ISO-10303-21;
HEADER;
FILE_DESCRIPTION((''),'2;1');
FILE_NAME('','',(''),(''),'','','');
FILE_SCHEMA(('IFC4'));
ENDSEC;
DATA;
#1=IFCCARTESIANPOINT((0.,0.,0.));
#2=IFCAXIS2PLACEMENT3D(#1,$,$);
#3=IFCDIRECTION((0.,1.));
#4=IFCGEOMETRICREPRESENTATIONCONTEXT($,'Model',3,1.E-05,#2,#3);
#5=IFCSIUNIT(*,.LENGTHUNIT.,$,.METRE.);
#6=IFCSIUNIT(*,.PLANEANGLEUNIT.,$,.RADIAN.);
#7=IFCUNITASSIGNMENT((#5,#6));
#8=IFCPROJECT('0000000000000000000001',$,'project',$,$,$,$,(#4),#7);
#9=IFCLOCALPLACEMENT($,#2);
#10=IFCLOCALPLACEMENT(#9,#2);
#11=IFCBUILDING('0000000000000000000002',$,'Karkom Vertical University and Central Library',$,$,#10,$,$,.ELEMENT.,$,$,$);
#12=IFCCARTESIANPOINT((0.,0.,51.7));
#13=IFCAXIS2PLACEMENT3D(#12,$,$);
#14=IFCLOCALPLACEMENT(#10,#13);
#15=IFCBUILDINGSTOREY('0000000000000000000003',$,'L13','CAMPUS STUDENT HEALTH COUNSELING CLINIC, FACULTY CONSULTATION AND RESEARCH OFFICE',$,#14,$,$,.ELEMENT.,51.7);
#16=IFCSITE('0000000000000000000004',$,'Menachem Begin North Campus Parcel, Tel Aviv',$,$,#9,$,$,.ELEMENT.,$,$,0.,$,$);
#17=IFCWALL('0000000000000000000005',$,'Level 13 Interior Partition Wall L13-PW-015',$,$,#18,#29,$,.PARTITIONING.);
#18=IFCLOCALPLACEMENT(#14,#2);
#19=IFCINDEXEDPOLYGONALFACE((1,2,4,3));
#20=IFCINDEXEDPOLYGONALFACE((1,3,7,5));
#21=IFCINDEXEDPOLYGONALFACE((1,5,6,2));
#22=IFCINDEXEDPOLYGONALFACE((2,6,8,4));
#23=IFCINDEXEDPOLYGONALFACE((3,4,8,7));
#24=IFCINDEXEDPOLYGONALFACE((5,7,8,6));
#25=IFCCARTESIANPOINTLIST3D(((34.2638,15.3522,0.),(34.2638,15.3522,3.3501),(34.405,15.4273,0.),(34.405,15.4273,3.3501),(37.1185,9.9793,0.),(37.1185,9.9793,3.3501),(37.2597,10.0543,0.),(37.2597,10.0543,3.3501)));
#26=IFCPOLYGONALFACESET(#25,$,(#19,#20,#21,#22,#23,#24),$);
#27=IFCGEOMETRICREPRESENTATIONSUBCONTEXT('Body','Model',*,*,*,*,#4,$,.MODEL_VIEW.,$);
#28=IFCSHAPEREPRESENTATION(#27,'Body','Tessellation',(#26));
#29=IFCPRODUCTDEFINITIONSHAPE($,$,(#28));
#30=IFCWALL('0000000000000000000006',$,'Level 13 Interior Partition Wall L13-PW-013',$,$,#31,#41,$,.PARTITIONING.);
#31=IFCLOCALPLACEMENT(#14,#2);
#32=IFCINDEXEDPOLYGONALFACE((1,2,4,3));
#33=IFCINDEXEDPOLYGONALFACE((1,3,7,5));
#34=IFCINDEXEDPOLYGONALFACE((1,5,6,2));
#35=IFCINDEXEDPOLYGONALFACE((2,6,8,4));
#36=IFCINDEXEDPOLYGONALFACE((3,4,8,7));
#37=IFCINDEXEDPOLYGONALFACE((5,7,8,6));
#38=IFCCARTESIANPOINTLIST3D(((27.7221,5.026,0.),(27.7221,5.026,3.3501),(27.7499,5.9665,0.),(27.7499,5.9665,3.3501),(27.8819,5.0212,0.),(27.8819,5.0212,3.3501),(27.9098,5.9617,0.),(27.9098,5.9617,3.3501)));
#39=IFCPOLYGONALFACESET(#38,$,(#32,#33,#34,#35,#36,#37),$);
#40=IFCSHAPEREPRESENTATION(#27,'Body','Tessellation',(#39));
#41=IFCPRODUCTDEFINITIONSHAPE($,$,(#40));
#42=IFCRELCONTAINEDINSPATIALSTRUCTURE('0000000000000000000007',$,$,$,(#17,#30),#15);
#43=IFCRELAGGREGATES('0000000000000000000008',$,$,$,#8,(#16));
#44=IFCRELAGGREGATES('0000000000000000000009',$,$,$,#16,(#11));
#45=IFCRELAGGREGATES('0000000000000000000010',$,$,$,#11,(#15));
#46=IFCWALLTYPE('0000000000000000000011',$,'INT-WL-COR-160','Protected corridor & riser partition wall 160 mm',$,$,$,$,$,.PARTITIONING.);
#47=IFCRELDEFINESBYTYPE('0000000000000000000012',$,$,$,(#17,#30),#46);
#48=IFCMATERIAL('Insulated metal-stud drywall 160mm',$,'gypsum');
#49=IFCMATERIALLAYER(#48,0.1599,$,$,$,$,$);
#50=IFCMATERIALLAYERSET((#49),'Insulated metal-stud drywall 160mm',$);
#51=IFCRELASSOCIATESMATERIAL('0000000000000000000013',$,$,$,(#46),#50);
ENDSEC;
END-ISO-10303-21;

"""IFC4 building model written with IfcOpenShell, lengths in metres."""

from ifc_helpers import new_model, si_unit, direction, frame, frame_2d, origin, place, context, subcontext, project, spatial, rectangle, extrude, material, layer, layer_set, type_object, element, save


model = new_model("IFC4")

# Units and contexts
model_context = context("Model", 3, precision=1e-05, world=origin(), true_north=direction((0.0, 1.0)))
body_context = subcontext(model_context, "Body", "Model", "MODEL_VIEW")
ifc_project = project(units=[si_unit("LENGTHUNIT", "METRE"), si_unit("PLANEANGLEUNIT", "RADIAN")], contexts=[model_context])

# Site, building, storey
site_placement = place(None, origin())
site = spatial("IfcSite", under=ifc_project, at=site_placement, Name="Menachem Begin North Campus Parcel, Tel Aviv", CompositionType="ELEMENT", RefElevation=0.0)
building_placement = place(site_placement, origin())
building = spatial("IfcBuilding", under=site, at=building_placement, Name="Karkom Vertical University and Central Library", CompositionType="ELEMENT")
storey_placement = place(building_placement, frame((0.0, 0.0, 51.7)))
storey = spatial("IfcBuildingStorey", under=building, at=storey_placement, Name="L13", Description="CAMPUS STUDENT HEALTH COUNSELING CLINIC, FACULTY CONSULTATION AND RESEARCH OFFICE", CompositionType="ELEMENT", Elevation=51.7)

# Walls
ifc_material_1 = material(Name="Insulated metal-stud drywall 160mm", Category="gypsum")
ifc_layer_1 = layer(ifc_material_1, 0.1599)
ifc_layer_set_1 = layer_set([ifc_layer_1], Name="Insulated metal-stud drywall 160mm")
wall_type_1 = type_object("IfcWallType", Name="INT-WL-COR-160", Description="Protected corridor & riser partition wall 160 mm", PredefinedType="PARTITIONING", material=ifc_layer_set_1)
wall_1_placement = place(storey_placement, frame((34.3345, 15.3896, 0.0), z_axis=(0.0, 0.0, 1.0), x_axis=(0.469194, -0.883095, 0.0)))
element("IfcWall", 1, at=wall_1_placement, inside=storey, type_object=wall_type_1, Name="Level 13 Interior Partition Wall L13-PW-015", PredefinedType="PARTITIONING", context=body_context, shape_type="SweptSolid", body=[
    extrude(rectangle(XDim=6.0842, YDim=0.1599, at=frame_2d((3.042, 0.0))), origin(), (0.0, 0.0, 1.0), 3.3501),
])
wall_2_placement = place(storey_placement, frame((27.8298, 5.9641, 0.0), z_axis=(0.0, 0.0, 1.0), x_axis=(-0.029582, -0.999562, 0.0)))
element("IfcWall", 2, at=wall_2_placement, inside=storey, type_object=wall_type_1, Name="Level 13 Interior Partition Wall L13-PW-013", PredefinedType="PARTITIONING", context=body_context, shape_type="SweptSolid", body=[
    extrude(rectangle(XDim=0.9409, YDim=0.1599, at=frame_2d((0.4705, 0.0))), origin(), (0.0, 0.0, 1.0), 3.3501),
])

save(model, "model.ifc")
